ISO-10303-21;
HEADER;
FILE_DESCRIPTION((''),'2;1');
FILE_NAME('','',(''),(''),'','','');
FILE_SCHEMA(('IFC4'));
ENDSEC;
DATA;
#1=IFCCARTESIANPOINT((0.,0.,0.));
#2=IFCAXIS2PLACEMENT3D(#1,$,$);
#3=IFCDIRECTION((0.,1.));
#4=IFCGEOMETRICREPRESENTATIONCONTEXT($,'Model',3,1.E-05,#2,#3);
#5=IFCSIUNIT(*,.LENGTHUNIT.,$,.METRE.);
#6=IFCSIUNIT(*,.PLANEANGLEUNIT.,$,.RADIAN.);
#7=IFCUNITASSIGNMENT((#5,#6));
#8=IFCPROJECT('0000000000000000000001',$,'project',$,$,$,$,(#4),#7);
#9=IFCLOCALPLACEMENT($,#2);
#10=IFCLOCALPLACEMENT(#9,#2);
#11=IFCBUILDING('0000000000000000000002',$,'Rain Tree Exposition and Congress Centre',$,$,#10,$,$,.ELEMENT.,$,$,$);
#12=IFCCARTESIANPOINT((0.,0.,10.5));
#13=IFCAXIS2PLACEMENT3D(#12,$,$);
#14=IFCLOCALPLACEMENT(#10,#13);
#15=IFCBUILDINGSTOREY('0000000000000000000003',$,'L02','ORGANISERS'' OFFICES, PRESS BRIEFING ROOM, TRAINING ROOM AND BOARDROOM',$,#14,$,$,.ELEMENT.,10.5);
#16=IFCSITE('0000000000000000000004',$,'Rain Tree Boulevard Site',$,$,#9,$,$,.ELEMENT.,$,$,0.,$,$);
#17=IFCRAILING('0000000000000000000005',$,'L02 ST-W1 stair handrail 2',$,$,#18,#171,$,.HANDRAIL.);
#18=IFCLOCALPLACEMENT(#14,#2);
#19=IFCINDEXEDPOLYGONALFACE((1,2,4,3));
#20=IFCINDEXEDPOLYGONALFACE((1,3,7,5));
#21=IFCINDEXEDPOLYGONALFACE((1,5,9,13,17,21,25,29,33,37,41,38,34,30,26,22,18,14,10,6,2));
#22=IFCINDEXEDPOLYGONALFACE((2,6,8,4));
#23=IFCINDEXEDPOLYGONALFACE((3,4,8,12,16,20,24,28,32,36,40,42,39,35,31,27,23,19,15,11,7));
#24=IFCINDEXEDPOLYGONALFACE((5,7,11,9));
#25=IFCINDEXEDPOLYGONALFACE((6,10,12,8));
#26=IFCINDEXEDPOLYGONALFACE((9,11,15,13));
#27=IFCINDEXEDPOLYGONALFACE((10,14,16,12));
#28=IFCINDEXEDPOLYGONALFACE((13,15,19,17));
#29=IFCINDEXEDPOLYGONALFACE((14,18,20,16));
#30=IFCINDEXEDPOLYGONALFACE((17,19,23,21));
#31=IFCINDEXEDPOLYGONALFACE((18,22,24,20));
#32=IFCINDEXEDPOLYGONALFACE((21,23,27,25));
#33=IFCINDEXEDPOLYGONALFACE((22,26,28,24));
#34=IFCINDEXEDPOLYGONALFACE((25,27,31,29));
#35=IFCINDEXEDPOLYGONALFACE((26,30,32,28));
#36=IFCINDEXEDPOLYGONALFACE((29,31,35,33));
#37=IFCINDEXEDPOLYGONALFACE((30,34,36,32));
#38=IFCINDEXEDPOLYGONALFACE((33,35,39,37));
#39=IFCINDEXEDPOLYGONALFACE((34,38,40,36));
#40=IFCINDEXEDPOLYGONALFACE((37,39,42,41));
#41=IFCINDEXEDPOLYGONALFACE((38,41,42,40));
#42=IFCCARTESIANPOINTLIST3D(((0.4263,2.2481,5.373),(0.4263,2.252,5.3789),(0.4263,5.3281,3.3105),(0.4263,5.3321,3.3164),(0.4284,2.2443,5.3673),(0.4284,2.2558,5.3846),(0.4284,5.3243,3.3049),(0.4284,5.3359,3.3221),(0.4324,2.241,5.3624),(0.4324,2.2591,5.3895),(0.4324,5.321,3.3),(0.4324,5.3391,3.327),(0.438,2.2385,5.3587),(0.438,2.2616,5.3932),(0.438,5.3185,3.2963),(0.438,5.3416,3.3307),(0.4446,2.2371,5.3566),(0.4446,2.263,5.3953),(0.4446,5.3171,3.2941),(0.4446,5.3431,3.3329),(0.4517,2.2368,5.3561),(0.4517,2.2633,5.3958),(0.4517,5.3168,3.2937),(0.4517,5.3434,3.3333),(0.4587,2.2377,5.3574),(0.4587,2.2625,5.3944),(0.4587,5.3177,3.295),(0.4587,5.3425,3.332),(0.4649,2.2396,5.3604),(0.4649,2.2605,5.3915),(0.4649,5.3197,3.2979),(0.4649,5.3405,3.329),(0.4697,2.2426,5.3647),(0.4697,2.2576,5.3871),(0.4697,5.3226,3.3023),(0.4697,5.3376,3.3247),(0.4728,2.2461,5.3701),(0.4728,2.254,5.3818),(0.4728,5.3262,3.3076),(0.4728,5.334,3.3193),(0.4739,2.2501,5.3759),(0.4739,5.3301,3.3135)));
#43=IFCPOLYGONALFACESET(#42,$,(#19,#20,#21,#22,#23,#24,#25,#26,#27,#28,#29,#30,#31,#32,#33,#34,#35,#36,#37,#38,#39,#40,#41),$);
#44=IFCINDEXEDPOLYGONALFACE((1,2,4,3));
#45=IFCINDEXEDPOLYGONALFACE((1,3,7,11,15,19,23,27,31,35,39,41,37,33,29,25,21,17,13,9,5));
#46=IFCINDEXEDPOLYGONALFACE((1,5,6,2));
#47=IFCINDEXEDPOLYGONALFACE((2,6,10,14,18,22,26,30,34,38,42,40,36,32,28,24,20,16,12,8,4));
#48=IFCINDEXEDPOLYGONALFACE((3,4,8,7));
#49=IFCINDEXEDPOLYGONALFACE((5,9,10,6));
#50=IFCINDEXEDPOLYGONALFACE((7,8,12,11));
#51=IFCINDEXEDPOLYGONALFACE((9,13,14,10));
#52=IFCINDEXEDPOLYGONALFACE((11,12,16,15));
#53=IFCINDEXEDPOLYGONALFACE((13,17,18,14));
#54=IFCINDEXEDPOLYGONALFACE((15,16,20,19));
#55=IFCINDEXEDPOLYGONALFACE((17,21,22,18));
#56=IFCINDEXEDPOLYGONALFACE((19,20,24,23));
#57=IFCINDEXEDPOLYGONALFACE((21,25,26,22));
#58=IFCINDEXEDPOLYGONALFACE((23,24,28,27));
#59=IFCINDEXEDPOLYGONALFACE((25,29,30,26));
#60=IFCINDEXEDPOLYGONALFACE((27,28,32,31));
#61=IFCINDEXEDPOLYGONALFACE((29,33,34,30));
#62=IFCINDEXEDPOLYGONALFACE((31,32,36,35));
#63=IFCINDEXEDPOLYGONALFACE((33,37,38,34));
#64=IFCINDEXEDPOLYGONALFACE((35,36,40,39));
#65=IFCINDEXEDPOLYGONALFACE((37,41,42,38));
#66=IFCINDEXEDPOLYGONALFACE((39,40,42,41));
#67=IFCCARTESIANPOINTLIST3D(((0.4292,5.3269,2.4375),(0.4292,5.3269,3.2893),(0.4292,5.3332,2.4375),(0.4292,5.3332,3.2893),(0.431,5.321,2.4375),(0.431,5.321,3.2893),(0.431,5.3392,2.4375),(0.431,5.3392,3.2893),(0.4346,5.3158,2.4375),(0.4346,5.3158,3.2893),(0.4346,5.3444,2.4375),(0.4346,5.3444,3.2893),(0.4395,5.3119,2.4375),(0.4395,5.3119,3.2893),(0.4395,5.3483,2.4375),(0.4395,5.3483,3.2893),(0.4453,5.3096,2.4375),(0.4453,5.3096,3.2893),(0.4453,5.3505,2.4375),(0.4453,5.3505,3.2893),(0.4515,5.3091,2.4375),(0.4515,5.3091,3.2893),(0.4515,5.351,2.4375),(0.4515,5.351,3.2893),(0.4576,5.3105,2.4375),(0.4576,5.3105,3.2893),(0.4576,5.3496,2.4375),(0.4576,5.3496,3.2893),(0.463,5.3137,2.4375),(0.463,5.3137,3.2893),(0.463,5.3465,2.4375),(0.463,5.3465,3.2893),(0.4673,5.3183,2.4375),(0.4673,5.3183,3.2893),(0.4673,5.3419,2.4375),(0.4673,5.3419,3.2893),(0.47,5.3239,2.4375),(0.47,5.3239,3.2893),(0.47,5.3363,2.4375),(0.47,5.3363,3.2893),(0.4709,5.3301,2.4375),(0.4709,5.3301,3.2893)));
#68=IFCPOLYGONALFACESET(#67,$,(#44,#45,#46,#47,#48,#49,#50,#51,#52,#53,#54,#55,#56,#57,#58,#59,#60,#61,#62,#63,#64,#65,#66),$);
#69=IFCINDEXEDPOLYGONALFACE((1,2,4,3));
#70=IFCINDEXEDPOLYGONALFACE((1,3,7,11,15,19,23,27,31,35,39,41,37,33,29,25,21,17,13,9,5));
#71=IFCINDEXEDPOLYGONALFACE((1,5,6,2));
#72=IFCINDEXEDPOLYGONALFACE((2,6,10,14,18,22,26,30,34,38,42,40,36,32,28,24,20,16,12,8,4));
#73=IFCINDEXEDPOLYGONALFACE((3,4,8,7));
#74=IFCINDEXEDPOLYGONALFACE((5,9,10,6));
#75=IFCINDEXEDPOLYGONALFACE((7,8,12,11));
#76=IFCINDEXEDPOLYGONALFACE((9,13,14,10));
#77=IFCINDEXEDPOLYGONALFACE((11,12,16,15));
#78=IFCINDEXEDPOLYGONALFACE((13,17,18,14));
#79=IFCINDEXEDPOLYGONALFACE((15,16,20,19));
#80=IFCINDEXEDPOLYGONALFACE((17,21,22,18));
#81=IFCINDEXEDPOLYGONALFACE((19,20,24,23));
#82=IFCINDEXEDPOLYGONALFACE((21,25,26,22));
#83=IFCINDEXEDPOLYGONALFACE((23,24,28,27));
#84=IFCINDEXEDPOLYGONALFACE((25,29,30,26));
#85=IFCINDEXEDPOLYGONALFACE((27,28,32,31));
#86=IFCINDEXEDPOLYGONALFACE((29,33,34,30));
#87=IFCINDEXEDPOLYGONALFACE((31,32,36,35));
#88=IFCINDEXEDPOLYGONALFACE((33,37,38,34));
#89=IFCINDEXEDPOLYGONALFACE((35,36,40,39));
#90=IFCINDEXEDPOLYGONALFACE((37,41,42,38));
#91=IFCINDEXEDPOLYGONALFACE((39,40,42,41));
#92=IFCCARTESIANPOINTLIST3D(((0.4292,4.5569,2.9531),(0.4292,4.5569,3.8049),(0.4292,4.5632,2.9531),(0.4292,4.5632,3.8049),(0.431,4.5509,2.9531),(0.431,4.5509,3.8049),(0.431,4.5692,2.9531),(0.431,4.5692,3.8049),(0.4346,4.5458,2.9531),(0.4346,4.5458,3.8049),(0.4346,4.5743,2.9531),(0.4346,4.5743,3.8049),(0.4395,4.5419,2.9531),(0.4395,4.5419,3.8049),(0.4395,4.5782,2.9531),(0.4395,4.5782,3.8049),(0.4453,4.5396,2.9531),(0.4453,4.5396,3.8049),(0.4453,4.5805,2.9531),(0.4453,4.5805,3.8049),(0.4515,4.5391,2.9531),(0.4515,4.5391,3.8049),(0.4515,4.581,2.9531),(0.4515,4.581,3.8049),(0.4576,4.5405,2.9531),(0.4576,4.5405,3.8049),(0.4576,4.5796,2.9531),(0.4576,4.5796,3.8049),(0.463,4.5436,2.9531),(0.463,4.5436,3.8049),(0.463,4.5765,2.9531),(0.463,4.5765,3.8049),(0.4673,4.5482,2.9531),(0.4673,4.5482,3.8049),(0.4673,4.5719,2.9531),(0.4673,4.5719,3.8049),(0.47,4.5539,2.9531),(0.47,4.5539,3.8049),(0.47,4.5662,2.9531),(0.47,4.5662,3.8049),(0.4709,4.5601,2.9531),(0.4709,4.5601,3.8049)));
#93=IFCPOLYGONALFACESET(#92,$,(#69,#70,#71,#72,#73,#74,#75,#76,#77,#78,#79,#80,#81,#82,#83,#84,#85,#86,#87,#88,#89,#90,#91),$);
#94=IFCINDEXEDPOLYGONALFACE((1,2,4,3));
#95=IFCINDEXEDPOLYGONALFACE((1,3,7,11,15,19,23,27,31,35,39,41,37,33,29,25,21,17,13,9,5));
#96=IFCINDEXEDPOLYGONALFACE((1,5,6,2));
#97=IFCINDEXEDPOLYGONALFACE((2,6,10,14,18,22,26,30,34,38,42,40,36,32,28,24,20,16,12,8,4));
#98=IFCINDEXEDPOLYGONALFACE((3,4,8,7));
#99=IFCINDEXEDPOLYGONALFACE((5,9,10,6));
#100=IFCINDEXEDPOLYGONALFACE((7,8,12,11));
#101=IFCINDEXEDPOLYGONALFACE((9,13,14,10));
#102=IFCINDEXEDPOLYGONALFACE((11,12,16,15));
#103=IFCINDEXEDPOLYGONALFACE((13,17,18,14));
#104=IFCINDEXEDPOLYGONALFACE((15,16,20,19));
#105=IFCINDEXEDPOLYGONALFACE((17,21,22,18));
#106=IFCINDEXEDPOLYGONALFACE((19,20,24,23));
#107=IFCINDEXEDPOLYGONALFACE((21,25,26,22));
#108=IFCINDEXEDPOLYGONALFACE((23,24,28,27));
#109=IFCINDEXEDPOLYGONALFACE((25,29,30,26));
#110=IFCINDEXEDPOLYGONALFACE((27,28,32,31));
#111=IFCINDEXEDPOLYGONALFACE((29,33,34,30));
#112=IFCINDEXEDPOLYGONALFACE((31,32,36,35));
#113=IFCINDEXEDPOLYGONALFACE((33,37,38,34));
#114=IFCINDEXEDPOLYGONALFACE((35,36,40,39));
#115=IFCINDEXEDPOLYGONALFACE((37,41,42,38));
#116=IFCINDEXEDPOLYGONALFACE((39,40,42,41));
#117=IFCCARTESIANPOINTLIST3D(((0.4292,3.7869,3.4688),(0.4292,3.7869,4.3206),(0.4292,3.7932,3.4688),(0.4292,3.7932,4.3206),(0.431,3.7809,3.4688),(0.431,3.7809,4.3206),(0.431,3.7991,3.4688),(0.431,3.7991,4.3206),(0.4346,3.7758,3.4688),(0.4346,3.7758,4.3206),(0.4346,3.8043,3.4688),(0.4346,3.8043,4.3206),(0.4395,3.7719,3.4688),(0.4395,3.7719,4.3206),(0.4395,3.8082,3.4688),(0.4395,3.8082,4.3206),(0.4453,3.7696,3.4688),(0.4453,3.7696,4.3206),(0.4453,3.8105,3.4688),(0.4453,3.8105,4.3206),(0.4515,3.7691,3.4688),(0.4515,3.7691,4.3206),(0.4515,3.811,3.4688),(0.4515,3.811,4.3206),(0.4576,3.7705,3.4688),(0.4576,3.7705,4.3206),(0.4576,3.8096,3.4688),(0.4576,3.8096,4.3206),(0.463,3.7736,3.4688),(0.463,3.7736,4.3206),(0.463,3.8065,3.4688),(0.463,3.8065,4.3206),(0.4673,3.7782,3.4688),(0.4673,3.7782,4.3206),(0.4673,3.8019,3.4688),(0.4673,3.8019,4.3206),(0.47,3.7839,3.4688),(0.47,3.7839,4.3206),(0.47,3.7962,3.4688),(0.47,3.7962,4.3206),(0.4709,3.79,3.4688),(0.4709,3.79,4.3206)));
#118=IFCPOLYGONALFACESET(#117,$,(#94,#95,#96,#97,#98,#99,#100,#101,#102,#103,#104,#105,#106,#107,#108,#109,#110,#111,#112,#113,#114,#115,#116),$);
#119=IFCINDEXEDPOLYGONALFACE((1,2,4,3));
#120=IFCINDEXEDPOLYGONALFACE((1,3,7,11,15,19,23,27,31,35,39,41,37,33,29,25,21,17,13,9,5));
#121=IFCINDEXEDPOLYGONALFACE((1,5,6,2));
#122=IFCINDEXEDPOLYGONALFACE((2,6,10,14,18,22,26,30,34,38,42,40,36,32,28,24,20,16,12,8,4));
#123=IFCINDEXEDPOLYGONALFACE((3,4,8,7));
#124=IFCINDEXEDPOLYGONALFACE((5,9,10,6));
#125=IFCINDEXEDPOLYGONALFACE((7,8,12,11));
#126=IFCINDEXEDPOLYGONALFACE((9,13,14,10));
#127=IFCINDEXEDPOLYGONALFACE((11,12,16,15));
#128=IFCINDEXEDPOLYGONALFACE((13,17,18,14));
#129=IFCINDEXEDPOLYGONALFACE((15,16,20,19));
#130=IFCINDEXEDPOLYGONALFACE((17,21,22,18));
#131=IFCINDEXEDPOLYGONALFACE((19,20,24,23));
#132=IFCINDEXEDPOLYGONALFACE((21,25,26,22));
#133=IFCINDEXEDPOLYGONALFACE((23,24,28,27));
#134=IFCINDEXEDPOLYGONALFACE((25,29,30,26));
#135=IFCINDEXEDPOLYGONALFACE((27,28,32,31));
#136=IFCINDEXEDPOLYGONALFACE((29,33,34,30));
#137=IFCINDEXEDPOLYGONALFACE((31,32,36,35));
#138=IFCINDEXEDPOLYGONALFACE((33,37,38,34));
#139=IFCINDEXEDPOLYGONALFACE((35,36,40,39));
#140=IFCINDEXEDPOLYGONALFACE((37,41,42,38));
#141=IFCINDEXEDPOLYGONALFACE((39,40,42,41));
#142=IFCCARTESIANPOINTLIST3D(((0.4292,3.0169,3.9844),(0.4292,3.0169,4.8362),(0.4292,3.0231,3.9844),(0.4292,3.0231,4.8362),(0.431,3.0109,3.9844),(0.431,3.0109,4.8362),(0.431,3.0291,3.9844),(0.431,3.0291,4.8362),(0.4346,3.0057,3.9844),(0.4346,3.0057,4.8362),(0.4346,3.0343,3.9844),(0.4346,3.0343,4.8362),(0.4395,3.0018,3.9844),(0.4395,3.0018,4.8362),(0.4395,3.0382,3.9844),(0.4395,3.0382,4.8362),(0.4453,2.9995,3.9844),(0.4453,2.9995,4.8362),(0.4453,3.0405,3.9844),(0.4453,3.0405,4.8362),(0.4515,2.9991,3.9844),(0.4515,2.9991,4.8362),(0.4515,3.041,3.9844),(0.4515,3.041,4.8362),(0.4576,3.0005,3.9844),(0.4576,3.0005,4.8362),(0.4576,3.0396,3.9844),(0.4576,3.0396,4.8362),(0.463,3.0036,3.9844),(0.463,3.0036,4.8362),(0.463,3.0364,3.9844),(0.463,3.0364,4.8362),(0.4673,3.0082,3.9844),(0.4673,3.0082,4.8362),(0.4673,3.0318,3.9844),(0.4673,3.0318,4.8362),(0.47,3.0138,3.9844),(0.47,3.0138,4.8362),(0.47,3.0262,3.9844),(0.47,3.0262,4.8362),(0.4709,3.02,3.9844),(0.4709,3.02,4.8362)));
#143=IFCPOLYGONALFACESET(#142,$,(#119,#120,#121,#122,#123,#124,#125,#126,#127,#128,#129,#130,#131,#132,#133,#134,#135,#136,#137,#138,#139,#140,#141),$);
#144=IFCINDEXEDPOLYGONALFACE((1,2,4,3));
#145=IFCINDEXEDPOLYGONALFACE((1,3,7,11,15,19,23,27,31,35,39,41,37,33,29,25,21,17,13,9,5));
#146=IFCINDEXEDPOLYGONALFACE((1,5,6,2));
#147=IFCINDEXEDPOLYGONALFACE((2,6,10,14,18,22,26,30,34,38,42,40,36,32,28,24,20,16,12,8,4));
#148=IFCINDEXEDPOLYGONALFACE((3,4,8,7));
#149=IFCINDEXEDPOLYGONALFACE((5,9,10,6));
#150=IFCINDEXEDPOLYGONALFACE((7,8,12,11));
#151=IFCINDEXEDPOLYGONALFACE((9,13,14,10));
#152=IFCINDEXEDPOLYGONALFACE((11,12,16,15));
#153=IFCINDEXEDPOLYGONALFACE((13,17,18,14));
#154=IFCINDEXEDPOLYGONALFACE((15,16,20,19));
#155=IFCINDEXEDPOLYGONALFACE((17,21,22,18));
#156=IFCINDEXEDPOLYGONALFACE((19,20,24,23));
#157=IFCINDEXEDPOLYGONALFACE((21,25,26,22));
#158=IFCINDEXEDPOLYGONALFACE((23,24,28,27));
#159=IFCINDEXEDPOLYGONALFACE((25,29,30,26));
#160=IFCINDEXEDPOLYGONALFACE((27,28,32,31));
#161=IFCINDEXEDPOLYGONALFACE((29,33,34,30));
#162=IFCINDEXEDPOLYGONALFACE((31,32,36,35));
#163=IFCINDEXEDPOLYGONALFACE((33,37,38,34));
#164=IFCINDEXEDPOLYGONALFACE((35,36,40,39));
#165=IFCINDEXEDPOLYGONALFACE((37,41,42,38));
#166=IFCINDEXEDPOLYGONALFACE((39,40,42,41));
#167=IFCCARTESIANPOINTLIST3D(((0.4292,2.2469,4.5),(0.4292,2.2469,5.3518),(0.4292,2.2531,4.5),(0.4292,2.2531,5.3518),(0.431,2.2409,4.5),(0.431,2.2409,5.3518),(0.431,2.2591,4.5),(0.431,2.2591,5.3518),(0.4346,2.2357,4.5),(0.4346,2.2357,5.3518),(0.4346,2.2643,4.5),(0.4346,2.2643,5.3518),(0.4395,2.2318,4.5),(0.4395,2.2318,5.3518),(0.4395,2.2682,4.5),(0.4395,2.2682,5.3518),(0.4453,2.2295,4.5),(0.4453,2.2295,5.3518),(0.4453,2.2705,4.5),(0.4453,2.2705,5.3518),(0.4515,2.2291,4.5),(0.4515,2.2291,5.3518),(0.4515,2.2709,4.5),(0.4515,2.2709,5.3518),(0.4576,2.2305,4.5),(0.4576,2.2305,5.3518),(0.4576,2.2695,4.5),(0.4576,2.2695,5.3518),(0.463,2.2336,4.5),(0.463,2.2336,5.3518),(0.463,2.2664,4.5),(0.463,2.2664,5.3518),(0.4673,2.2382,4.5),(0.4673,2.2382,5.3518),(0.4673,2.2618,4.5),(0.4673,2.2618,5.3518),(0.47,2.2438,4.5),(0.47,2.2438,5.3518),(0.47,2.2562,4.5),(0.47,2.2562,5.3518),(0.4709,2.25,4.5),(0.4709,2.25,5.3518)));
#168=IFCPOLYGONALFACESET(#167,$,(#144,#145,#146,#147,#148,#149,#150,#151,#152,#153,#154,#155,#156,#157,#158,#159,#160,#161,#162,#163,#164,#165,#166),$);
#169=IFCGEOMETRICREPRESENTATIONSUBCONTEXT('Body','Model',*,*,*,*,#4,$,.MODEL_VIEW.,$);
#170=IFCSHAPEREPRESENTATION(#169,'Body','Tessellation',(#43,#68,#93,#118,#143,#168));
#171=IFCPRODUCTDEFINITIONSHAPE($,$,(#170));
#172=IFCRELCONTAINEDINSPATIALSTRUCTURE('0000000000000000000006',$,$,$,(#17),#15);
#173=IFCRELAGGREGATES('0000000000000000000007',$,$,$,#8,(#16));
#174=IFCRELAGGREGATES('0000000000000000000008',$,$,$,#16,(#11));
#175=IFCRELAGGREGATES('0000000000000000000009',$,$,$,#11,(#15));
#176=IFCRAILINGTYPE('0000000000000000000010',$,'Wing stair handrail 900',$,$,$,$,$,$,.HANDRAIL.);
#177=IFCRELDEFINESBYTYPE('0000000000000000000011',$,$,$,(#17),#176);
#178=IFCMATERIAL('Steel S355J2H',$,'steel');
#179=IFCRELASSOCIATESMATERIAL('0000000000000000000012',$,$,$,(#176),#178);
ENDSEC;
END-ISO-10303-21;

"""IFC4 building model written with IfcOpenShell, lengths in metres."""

from ifc_helpers import new_model, si_unit, direction, frame, origin, origin_2d, place, context, subcontext, project, spatial, circle, extrude, material, type_object, element, save


model = new_model("IFC4")

# Units and contexts
model_context = context("Model", 3, precision=1e-05, world=origin(), true_north=direction((0.0, 1.0)))
body_context = subcontext(model_context, "Body", "Model", "MODEL_VIEW")
ifc_project = project(units=[si_unit("LENGTHUNIT", "METRE"), si_unit("PLANEANGLEUNIT", "RADIAN")], contexts=[model_context])

# Site, building, storey
site_placement = place(None, origin())
site = spatial("IfcSite", under=ifc_project, at=site_placement, Name="Rain Tree Boulevard Site", CompositionType="ELEMENT", RefElevation=0.0)
building_placement = place(site_placement, origin())
building = spatial("IfcBuilding", under=site, at=building_placement, Name="Rain Tree Exposition and Congress Centre", CompositionType="ELEMENT")
storey_placement = place(building_placement, frame((0.0, 0.0, 10.5)))
storey = spatial("IfcBuildingStorey", under=building, at=storey_placement, Name="L02", Description="ORGANISERS' OFFICES, PRESS BRIEFING ROOM, TRAINING ROOM AND BOARDROOM", CompositionType="ELEMENT", Elevation=10.5)

# Railing
ifc_material_1 = material(Name="Steel S355J2H", Category="steel")
railing_type_1 = type_object("IfcRailingType", Name="Wing stair handrail 900", PredefinedType="HANDRAIL", material=ifc_material_1)
railing_1_placement = place(storey_placement, frame((0.45, 5.3301, 2.4375)))
element("IfcRailing", 1, at=railing_1_placement, inside=storey, type_object=railing_type_1, Name="L02 ST-W1 stair handrail 2", PredefinedType="HANDRAIL", context=body_context, shape_type="SweptSolid", body=[
    extrude(circle(Radius=0.0239, at=origin_2d()), frame((0.0, 0.0, 0.876), z_axis=(0.0, -0.830914, 0.556401), x_axis=(1.0, 0.0, 0.0)), (0.0, 0.0, 1.0), 3.7068),
    extrude(circle(Radius=0.021, at=origin_2d()), origin(), (0.0, 0.0, 1.0), 0.8518),
    extrude(circle(Radius=0.021, at=origin_2d()), frame((0.0, -0.77, 0.5156)), (0.0, 0.0, 1.0), 0.8518),
    extrude(circle(Radius=0.021, at=origin_2d()), frame((0.0, -1.54, 1.0312)), (0.0, 0.0, 1.0), 0.8518),
    extrude(circle(Radius=0.021, at=origin_2d()), frame((0.0, -2.3101, 1.5469)), (0.0, 0.0, 1.0), 0.8518),
    extrude(circle(Radius=0.021, at=origin_2d()), frame((0.0, -3.0801, 2.0625)), (0.0, 0.0, 1.0), 0.8518),
])

save(model, "model.ifc")
